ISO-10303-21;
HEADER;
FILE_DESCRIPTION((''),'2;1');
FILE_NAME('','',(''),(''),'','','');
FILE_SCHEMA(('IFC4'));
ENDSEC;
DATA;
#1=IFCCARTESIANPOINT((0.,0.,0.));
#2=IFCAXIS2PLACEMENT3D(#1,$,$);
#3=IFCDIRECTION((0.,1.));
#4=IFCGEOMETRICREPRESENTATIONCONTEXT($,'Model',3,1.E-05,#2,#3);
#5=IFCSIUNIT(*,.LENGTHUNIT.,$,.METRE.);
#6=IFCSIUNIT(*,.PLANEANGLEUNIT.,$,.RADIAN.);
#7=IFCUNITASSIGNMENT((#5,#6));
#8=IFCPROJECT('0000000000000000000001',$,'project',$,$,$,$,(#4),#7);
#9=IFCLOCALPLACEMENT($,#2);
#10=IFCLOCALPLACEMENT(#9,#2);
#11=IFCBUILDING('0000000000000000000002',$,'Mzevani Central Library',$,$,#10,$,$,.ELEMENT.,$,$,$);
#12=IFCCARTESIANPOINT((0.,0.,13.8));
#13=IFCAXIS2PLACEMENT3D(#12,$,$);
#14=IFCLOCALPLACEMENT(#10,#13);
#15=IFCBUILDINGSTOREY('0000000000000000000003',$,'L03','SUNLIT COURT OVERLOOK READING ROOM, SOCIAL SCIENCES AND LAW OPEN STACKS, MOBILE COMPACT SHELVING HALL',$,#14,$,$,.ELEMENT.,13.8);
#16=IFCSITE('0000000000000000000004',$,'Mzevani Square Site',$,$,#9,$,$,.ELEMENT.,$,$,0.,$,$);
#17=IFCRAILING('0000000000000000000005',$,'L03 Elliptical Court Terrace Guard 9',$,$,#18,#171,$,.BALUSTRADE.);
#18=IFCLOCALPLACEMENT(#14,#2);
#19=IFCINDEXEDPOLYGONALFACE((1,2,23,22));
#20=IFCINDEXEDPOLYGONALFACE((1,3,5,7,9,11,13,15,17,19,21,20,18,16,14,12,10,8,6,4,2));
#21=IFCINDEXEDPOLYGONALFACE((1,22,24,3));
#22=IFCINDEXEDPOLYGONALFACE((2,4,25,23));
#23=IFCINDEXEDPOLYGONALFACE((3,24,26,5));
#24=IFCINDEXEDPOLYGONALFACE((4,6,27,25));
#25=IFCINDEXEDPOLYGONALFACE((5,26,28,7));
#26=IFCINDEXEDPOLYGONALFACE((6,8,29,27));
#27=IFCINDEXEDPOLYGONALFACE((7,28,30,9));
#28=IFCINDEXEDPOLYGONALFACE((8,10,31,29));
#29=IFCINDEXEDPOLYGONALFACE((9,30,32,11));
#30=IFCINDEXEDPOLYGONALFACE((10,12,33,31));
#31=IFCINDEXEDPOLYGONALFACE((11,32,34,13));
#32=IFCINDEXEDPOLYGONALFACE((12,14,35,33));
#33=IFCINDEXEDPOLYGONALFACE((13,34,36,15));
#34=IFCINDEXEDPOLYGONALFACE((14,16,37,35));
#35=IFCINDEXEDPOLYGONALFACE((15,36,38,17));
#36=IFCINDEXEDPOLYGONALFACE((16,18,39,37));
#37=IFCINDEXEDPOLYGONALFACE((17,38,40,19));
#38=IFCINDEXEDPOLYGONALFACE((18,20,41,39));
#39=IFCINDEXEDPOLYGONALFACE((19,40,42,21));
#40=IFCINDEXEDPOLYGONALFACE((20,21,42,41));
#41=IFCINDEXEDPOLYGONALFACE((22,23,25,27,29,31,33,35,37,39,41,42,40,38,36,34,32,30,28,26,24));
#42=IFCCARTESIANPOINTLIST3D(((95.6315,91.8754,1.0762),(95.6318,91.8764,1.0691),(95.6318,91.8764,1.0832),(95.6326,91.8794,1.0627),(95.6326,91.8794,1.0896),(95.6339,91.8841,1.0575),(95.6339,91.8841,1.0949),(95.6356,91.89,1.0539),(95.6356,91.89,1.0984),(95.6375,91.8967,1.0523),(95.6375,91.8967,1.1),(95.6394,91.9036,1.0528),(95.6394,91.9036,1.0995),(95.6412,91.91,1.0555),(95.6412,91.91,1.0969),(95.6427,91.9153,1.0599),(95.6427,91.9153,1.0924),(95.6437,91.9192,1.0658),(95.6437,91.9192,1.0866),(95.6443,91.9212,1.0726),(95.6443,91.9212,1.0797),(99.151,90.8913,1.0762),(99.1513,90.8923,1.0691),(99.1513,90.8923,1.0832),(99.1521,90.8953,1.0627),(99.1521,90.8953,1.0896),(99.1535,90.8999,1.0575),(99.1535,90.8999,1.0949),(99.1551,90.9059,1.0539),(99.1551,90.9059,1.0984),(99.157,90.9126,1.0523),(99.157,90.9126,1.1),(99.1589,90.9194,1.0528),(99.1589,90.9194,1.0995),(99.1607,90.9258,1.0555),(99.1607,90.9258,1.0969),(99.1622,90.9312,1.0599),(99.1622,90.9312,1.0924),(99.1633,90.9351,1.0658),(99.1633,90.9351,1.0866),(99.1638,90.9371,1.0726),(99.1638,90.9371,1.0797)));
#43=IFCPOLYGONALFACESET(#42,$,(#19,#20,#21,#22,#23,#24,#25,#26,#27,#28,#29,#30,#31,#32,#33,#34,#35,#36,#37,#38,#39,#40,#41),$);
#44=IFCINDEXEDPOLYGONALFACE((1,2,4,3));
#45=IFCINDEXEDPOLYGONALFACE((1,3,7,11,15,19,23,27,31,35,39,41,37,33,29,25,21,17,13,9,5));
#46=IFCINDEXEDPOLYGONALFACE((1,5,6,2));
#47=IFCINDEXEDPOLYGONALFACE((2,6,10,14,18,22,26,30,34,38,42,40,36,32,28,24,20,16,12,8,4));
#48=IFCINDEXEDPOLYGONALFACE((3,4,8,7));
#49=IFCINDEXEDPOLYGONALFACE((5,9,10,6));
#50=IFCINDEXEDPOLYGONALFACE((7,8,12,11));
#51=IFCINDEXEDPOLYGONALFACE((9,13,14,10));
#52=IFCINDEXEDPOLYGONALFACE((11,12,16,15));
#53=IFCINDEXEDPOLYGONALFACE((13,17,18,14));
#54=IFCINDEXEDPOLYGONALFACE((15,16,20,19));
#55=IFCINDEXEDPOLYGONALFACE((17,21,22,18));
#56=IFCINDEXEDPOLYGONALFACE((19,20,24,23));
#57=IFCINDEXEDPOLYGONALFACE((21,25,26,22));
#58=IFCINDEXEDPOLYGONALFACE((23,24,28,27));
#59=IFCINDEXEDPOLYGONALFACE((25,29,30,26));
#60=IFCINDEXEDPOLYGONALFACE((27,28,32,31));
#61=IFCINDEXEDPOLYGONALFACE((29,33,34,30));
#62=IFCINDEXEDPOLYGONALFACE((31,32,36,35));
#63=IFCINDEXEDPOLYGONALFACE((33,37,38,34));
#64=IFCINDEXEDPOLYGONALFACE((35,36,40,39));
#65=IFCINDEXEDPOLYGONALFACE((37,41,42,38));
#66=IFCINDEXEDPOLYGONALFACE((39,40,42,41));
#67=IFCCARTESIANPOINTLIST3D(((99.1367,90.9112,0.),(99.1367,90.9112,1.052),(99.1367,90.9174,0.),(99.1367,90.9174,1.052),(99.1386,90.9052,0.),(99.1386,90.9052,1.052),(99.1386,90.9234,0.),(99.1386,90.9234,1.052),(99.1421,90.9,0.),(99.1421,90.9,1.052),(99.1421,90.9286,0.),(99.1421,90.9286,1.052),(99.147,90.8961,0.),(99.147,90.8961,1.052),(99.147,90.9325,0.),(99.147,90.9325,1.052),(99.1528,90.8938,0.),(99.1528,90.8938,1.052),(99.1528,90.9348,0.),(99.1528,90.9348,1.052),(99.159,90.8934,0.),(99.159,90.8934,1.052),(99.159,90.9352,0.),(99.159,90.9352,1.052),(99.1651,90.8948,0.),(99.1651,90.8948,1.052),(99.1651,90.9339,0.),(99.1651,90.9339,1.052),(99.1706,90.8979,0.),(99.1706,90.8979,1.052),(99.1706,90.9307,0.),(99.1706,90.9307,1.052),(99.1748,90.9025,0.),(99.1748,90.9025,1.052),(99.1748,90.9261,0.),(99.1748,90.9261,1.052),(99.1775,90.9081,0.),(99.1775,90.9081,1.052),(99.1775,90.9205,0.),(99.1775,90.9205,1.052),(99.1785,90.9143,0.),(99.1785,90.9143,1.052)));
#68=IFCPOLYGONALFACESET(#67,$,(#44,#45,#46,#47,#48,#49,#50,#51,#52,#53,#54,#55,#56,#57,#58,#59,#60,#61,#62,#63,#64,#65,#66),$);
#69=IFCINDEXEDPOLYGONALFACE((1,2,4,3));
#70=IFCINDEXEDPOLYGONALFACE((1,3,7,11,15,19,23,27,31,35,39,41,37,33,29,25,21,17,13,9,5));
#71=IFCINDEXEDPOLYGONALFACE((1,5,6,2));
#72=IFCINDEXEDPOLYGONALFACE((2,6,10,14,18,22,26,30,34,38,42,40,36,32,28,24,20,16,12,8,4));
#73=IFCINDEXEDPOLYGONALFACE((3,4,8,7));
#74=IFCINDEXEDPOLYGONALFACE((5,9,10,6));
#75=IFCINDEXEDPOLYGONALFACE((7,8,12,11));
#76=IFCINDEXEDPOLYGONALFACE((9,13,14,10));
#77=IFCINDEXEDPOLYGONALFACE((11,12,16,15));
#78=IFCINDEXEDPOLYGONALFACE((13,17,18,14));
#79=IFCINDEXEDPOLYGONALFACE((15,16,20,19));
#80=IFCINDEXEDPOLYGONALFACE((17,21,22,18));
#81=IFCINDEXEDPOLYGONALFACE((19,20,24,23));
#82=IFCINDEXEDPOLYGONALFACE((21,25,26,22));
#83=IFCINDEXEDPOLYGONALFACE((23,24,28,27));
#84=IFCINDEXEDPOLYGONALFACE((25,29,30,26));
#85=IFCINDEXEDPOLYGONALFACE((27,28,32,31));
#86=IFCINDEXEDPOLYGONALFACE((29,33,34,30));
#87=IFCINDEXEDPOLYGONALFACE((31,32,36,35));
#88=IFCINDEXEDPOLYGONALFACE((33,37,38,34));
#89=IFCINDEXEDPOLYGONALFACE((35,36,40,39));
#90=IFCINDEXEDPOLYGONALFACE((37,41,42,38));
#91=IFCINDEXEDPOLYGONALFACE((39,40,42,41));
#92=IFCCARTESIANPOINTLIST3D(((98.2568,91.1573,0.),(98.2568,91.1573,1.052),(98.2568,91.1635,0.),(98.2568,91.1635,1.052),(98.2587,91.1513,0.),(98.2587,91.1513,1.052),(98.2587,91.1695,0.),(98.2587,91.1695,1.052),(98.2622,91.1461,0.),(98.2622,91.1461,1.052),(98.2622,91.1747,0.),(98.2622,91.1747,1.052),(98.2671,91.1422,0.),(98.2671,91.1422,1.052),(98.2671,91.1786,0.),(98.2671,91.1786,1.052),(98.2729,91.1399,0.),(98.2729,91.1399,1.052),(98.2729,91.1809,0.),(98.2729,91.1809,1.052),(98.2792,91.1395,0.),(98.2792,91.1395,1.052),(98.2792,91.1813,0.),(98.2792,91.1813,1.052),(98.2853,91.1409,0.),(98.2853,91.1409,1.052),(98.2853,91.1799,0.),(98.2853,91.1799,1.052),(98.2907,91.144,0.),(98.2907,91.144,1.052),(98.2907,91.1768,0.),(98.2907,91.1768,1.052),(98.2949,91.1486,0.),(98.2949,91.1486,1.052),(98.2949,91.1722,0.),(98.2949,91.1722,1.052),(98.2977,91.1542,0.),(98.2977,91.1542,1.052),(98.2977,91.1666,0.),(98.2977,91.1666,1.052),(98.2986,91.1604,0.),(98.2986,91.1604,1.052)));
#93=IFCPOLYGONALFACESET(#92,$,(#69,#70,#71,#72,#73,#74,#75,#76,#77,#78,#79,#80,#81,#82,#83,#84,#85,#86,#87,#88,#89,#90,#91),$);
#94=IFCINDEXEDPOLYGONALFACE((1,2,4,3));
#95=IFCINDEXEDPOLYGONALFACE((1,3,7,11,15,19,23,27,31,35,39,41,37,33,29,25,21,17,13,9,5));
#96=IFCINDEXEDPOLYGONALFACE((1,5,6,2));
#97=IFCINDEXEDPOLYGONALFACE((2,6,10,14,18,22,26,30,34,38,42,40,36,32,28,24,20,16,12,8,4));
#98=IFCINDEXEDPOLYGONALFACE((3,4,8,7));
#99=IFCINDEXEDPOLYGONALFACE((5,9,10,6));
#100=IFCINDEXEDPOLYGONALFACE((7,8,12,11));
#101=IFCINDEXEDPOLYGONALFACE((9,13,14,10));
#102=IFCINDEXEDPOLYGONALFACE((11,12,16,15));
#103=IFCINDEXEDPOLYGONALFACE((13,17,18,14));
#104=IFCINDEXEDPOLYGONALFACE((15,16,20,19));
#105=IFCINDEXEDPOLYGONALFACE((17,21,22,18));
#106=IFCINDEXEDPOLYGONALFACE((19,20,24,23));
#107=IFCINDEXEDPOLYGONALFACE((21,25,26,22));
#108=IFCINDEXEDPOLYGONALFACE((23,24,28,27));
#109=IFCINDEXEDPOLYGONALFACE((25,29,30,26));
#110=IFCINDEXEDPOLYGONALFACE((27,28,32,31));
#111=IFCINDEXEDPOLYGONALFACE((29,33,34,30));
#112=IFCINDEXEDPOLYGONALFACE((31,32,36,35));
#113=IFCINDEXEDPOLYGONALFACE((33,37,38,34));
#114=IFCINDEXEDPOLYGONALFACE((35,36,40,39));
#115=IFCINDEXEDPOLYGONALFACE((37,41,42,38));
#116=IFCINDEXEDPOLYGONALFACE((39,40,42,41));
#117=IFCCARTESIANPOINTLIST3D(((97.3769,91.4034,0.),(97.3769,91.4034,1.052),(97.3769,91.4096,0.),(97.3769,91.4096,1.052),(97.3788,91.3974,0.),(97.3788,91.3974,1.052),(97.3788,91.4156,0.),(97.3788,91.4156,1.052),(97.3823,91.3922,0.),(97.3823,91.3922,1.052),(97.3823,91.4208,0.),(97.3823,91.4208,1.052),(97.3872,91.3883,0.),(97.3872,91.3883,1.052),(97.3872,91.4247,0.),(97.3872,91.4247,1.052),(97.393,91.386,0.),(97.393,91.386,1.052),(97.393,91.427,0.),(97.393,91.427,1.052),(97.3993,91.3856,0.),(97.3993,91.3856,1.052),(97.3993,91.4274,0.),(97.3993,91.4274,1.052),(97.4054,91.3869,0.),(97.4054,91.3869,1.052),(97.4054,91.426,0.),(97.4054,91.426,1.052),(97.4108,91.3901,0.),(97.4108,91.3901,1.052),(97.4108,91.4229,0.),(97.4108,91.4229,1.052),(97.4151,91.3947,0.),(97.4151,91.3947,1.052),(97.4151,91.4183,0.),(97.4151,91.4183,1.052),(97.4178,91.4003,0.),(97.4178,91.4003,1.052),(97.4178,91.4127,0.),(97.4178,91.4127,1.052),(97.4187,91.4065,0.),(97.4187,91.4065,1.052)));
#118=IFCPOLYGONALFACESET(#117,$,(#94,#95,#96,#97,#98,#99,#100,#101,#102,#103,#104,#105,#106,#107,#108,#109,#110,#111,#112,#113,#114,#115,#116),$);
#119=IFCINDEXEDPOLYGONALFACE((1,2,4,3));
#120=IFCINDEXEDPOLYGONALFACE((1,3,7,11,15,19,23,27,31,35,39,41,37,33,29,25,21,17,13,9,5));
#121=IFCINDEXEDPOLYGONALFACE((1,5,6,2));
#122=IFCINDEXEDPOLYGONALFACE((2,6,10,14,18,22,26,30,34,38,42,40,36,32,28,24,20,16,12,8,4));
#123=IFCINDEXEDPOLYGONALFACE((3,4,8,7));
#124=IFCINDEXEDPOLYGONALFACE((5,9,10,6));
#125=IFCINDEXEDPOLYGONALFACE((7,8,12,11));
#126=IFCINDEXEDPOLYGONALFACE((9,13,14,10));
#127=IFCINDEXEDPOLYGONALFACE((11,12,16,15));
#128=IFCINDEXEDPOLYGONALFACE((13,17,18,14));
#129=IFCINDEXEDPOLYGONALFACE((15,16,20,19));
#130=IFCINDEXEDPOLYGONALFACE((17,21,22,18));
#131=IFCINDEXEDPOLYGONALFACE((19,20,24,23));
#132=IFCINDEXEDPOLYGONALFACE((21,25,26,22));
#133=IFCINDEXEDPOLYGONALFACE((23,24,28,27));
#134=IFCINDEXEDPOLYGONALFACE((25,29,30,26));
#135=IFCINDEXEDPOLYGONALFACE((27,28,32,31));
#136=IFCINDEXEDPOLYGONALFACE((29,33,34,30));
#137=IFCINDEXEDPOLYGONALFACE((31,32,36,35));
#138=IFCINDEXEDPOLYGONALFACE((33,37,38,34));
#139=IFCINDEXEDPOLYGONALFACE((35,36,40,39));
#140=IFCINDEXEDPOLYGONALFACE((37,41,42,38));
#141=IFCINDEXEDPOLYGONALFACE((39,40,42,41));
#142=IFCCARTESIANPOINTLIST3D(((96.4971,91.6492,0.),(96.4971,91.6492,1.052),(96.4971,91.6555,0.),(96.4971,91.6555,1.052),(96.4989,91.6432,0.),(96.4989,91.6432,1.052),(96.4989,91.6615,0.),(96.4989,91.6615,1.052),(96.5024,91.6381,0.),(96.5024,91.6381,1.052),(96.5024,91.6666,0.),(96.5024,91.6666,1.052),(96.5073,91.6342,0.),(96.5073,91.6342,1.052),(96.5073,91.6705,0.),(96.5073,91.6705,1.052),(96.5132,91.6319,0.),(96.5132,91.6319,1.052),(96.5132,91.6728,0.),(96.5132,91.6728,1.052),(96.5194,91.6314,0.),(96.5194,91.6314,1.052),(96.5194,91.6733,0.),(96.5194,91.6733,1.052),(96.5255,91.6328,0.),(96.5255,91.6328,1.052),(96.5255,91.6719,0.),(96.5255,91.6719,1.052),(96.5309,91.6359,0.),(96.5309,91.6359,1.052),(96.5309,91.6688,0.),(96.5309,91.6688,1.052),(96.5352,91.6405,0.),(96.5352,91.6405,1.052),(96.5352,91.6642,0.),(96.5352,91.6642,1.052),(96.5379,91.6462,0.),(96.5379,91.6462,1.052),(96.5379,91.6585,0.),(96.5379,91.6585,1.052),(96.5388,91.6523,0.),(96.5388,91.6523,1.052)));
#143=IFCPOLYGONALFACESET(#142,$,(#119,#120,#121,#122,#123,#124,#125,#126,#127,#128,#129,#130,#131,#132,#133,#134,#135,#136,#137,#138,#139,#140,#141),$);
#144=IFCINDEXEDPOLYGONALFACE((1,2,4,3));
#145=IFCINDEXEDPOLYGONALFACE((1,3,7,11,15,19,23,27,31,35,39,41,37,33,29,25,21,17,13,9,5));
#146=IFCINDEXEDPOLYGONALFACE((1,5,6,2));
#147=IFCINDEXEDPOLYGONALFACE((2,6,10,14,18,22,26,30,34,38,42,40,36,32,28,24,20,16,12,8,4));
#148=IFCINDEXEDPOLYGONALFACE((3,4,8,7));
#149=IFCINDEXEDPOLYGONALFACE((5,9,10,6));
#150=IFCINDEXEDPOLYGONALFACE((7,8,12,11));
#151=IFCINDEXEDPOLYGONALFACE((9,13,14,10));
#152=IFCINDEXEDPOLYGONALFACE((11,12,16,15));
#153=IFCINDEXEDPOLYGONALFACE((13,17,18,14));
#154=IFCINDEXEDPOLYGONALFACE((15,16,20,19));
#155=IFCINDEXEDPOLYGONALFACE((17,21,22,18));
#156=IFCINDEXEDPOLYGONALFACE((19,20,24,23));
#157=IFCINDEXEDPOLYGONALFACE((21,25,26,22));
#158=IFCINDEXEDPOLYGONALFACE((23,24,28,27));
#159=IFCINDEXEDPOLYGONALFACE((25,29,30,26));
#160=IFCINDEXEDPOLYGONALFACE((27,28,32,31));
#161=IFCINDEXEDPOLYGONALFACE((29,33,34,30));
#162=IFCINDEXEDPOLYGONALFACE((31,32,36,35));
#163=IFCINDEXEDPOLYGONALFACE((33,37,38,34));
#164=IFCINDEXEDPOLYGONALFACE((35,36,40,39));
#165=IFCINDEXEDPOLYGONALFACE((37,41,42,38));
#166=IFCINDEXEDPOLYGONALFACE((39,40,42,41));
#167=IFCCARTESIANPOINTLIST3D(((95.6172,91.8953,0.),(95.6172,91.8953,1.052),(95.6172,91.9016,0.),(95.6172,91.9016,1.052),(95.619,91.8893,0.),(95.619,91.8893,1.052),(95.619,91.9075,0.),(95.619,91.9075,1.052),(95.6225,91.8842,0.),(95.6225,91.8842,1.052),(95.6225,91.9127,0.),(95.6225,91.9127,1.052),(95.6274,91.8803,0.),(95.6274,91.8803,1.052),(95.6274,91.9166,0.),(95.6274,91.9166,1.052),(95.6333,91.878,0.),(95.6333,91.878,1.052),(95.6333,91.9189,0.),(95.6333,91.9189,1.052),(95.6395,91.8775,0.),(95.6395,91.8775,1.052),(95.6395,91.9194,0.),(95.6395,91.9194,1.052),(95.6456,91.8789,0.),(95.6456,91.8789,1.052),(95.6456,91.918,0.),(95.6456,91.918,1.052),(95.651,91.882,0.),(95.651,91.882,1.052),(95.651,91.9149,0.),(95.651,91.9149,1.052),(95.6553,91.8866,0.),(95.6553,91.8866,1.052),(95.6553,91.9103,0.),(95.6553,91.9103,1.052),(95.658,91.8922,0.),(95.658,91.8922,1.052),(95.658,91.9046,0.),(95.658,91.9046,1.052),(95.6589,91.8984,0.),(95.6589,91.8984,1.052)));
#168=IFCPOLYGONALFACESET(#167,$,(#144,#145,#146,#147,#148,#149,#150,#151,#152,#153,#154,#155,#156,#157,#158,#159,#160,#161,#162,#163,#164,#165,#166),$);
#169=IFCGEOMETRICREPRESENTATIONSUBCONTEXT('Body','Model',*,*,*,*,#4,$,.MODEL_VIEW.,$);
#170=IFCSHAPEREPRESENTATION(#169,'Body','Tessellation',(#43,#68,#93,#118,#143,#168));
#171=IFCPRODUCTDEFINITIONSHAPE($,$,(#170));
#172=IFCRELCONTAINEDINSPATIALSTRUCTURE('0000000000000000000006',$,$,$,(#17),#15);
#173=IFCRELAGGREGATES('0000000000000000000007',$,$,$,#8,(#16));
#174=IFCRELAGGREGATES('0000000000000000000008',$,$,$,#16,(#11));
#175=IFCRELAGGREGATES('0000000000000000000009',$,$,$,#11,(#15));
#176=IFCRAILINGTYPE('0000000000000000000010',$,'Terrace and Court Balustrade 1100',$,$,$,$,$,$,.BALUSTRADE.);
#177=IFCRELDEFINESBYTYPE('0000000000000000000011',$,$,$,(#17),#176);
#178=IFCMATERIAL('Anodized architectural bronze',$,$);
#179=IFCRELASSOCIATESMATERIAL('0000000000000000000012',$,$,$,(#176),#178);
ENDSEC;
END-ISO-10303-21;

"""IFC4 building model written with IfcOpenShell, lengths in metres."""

from ifc_helpers import new_model, si_unit, direction, frame, origin, origin_2d, place, context, subcontext, project, spatial, circle, extrude, material, type_object, element, save


model = new_model("IFC4")

# Units and contexts
model_context = context("Model", 3, precision=1e-05, world=origin(), true_north=direction((0.0, 1.0)))
body_context = subcontext(model_context, "Body", "Model", "MODEL_VIEW")
ifc_project = project(units=[si_unit("LENGTHUNIT", "METRE"), si_unit("PLANEANGLEUNIT", "RADIAN")], contexts=[model_context])

# Site, building, storey
site_placement = place(None, origin())
site = spatial("IfcSite", under=ifc_project, at=site_placement, Name="Mzevani Square Site", CompositionType="ELEMENT", RefElevation=0.0)
building_placement = place(site_placement, origin())
building = spatial("IfcBuilding", under=site, at=building_placement, Name="Mzevani Central Library", CompositionType="ELEMENT")
storey_placement = place(building_placement, frame((0.0, 0.0, 13.8)))
storey = spatial("IfcBuildingStorey", under=building, at=storey_placement, Name="L03", Description="SUNLIT COURT OVERLOOK READING ROOM, SOCIAL SCIENCES AND LAW OPEN STACKS, MOBILE COMPACT SHELVING HALL", CompositionType="ELEMENT", Elevation=13.8)

# Railing
ifc_material_1 = material(Name="Anodized architectural bronze")
railing_type = type_object("IfcRailingType", Name="Terrace and Court Balustrade 1100", PredefinedType="BALUSTRADE", material=ifc_material_1)
railing_1_placement = place(storey_placement, frame((99.1575, 90.9143, 0.0)))
element("IfcRailing", 1, at=railing_1_placement, inside=storey, type_object=railing_type, Name="L03 Elliptical Court Terrace Guard 9", PredefinedType="BALUSTRADE", context=body_context, shape_type="SweptSolid", body=[
    extrude(circle(Radius=0.0239, at=origin_2d()), frame((0.0, 0.0, 1.0762), z_axis=(-0.963059, 0.26929, 0.0), x_axis=(-0.26929, -0.963059, 0.0)), (0.0, 0.0, 1.0), 3.6545),
    extrude(circle(Radius=0.021, at=origin_2d()), origin(), (0.0, 0.0, 1.0), 1.052),
    extrude(circle(Radius=0.021, at=origin_2d()), frame((-0.8799, 0.2461, 0.0)), (0.0, 0.0, 1.0), 1.052),
    extrude(circle(Radius=0.021, at=origin_2d()), frame((-1.7598, 0.4922, 0.0)), (0.0, 0.0, 1.0), 1.052),
    extrude(circle(Radius=0.021, at=origin_2d()), frame((-2.6396, 0.738, 0.0)), (0.0, 0.0, 1.0), 1.052),
    extrude(circle(Radius=0.021, at=origin_2d()), frame((-3.5195, 0.9841, 0.0)), (0.0, 0.0, 1.0), 1.052),
])

save(model, "model.ifc")
